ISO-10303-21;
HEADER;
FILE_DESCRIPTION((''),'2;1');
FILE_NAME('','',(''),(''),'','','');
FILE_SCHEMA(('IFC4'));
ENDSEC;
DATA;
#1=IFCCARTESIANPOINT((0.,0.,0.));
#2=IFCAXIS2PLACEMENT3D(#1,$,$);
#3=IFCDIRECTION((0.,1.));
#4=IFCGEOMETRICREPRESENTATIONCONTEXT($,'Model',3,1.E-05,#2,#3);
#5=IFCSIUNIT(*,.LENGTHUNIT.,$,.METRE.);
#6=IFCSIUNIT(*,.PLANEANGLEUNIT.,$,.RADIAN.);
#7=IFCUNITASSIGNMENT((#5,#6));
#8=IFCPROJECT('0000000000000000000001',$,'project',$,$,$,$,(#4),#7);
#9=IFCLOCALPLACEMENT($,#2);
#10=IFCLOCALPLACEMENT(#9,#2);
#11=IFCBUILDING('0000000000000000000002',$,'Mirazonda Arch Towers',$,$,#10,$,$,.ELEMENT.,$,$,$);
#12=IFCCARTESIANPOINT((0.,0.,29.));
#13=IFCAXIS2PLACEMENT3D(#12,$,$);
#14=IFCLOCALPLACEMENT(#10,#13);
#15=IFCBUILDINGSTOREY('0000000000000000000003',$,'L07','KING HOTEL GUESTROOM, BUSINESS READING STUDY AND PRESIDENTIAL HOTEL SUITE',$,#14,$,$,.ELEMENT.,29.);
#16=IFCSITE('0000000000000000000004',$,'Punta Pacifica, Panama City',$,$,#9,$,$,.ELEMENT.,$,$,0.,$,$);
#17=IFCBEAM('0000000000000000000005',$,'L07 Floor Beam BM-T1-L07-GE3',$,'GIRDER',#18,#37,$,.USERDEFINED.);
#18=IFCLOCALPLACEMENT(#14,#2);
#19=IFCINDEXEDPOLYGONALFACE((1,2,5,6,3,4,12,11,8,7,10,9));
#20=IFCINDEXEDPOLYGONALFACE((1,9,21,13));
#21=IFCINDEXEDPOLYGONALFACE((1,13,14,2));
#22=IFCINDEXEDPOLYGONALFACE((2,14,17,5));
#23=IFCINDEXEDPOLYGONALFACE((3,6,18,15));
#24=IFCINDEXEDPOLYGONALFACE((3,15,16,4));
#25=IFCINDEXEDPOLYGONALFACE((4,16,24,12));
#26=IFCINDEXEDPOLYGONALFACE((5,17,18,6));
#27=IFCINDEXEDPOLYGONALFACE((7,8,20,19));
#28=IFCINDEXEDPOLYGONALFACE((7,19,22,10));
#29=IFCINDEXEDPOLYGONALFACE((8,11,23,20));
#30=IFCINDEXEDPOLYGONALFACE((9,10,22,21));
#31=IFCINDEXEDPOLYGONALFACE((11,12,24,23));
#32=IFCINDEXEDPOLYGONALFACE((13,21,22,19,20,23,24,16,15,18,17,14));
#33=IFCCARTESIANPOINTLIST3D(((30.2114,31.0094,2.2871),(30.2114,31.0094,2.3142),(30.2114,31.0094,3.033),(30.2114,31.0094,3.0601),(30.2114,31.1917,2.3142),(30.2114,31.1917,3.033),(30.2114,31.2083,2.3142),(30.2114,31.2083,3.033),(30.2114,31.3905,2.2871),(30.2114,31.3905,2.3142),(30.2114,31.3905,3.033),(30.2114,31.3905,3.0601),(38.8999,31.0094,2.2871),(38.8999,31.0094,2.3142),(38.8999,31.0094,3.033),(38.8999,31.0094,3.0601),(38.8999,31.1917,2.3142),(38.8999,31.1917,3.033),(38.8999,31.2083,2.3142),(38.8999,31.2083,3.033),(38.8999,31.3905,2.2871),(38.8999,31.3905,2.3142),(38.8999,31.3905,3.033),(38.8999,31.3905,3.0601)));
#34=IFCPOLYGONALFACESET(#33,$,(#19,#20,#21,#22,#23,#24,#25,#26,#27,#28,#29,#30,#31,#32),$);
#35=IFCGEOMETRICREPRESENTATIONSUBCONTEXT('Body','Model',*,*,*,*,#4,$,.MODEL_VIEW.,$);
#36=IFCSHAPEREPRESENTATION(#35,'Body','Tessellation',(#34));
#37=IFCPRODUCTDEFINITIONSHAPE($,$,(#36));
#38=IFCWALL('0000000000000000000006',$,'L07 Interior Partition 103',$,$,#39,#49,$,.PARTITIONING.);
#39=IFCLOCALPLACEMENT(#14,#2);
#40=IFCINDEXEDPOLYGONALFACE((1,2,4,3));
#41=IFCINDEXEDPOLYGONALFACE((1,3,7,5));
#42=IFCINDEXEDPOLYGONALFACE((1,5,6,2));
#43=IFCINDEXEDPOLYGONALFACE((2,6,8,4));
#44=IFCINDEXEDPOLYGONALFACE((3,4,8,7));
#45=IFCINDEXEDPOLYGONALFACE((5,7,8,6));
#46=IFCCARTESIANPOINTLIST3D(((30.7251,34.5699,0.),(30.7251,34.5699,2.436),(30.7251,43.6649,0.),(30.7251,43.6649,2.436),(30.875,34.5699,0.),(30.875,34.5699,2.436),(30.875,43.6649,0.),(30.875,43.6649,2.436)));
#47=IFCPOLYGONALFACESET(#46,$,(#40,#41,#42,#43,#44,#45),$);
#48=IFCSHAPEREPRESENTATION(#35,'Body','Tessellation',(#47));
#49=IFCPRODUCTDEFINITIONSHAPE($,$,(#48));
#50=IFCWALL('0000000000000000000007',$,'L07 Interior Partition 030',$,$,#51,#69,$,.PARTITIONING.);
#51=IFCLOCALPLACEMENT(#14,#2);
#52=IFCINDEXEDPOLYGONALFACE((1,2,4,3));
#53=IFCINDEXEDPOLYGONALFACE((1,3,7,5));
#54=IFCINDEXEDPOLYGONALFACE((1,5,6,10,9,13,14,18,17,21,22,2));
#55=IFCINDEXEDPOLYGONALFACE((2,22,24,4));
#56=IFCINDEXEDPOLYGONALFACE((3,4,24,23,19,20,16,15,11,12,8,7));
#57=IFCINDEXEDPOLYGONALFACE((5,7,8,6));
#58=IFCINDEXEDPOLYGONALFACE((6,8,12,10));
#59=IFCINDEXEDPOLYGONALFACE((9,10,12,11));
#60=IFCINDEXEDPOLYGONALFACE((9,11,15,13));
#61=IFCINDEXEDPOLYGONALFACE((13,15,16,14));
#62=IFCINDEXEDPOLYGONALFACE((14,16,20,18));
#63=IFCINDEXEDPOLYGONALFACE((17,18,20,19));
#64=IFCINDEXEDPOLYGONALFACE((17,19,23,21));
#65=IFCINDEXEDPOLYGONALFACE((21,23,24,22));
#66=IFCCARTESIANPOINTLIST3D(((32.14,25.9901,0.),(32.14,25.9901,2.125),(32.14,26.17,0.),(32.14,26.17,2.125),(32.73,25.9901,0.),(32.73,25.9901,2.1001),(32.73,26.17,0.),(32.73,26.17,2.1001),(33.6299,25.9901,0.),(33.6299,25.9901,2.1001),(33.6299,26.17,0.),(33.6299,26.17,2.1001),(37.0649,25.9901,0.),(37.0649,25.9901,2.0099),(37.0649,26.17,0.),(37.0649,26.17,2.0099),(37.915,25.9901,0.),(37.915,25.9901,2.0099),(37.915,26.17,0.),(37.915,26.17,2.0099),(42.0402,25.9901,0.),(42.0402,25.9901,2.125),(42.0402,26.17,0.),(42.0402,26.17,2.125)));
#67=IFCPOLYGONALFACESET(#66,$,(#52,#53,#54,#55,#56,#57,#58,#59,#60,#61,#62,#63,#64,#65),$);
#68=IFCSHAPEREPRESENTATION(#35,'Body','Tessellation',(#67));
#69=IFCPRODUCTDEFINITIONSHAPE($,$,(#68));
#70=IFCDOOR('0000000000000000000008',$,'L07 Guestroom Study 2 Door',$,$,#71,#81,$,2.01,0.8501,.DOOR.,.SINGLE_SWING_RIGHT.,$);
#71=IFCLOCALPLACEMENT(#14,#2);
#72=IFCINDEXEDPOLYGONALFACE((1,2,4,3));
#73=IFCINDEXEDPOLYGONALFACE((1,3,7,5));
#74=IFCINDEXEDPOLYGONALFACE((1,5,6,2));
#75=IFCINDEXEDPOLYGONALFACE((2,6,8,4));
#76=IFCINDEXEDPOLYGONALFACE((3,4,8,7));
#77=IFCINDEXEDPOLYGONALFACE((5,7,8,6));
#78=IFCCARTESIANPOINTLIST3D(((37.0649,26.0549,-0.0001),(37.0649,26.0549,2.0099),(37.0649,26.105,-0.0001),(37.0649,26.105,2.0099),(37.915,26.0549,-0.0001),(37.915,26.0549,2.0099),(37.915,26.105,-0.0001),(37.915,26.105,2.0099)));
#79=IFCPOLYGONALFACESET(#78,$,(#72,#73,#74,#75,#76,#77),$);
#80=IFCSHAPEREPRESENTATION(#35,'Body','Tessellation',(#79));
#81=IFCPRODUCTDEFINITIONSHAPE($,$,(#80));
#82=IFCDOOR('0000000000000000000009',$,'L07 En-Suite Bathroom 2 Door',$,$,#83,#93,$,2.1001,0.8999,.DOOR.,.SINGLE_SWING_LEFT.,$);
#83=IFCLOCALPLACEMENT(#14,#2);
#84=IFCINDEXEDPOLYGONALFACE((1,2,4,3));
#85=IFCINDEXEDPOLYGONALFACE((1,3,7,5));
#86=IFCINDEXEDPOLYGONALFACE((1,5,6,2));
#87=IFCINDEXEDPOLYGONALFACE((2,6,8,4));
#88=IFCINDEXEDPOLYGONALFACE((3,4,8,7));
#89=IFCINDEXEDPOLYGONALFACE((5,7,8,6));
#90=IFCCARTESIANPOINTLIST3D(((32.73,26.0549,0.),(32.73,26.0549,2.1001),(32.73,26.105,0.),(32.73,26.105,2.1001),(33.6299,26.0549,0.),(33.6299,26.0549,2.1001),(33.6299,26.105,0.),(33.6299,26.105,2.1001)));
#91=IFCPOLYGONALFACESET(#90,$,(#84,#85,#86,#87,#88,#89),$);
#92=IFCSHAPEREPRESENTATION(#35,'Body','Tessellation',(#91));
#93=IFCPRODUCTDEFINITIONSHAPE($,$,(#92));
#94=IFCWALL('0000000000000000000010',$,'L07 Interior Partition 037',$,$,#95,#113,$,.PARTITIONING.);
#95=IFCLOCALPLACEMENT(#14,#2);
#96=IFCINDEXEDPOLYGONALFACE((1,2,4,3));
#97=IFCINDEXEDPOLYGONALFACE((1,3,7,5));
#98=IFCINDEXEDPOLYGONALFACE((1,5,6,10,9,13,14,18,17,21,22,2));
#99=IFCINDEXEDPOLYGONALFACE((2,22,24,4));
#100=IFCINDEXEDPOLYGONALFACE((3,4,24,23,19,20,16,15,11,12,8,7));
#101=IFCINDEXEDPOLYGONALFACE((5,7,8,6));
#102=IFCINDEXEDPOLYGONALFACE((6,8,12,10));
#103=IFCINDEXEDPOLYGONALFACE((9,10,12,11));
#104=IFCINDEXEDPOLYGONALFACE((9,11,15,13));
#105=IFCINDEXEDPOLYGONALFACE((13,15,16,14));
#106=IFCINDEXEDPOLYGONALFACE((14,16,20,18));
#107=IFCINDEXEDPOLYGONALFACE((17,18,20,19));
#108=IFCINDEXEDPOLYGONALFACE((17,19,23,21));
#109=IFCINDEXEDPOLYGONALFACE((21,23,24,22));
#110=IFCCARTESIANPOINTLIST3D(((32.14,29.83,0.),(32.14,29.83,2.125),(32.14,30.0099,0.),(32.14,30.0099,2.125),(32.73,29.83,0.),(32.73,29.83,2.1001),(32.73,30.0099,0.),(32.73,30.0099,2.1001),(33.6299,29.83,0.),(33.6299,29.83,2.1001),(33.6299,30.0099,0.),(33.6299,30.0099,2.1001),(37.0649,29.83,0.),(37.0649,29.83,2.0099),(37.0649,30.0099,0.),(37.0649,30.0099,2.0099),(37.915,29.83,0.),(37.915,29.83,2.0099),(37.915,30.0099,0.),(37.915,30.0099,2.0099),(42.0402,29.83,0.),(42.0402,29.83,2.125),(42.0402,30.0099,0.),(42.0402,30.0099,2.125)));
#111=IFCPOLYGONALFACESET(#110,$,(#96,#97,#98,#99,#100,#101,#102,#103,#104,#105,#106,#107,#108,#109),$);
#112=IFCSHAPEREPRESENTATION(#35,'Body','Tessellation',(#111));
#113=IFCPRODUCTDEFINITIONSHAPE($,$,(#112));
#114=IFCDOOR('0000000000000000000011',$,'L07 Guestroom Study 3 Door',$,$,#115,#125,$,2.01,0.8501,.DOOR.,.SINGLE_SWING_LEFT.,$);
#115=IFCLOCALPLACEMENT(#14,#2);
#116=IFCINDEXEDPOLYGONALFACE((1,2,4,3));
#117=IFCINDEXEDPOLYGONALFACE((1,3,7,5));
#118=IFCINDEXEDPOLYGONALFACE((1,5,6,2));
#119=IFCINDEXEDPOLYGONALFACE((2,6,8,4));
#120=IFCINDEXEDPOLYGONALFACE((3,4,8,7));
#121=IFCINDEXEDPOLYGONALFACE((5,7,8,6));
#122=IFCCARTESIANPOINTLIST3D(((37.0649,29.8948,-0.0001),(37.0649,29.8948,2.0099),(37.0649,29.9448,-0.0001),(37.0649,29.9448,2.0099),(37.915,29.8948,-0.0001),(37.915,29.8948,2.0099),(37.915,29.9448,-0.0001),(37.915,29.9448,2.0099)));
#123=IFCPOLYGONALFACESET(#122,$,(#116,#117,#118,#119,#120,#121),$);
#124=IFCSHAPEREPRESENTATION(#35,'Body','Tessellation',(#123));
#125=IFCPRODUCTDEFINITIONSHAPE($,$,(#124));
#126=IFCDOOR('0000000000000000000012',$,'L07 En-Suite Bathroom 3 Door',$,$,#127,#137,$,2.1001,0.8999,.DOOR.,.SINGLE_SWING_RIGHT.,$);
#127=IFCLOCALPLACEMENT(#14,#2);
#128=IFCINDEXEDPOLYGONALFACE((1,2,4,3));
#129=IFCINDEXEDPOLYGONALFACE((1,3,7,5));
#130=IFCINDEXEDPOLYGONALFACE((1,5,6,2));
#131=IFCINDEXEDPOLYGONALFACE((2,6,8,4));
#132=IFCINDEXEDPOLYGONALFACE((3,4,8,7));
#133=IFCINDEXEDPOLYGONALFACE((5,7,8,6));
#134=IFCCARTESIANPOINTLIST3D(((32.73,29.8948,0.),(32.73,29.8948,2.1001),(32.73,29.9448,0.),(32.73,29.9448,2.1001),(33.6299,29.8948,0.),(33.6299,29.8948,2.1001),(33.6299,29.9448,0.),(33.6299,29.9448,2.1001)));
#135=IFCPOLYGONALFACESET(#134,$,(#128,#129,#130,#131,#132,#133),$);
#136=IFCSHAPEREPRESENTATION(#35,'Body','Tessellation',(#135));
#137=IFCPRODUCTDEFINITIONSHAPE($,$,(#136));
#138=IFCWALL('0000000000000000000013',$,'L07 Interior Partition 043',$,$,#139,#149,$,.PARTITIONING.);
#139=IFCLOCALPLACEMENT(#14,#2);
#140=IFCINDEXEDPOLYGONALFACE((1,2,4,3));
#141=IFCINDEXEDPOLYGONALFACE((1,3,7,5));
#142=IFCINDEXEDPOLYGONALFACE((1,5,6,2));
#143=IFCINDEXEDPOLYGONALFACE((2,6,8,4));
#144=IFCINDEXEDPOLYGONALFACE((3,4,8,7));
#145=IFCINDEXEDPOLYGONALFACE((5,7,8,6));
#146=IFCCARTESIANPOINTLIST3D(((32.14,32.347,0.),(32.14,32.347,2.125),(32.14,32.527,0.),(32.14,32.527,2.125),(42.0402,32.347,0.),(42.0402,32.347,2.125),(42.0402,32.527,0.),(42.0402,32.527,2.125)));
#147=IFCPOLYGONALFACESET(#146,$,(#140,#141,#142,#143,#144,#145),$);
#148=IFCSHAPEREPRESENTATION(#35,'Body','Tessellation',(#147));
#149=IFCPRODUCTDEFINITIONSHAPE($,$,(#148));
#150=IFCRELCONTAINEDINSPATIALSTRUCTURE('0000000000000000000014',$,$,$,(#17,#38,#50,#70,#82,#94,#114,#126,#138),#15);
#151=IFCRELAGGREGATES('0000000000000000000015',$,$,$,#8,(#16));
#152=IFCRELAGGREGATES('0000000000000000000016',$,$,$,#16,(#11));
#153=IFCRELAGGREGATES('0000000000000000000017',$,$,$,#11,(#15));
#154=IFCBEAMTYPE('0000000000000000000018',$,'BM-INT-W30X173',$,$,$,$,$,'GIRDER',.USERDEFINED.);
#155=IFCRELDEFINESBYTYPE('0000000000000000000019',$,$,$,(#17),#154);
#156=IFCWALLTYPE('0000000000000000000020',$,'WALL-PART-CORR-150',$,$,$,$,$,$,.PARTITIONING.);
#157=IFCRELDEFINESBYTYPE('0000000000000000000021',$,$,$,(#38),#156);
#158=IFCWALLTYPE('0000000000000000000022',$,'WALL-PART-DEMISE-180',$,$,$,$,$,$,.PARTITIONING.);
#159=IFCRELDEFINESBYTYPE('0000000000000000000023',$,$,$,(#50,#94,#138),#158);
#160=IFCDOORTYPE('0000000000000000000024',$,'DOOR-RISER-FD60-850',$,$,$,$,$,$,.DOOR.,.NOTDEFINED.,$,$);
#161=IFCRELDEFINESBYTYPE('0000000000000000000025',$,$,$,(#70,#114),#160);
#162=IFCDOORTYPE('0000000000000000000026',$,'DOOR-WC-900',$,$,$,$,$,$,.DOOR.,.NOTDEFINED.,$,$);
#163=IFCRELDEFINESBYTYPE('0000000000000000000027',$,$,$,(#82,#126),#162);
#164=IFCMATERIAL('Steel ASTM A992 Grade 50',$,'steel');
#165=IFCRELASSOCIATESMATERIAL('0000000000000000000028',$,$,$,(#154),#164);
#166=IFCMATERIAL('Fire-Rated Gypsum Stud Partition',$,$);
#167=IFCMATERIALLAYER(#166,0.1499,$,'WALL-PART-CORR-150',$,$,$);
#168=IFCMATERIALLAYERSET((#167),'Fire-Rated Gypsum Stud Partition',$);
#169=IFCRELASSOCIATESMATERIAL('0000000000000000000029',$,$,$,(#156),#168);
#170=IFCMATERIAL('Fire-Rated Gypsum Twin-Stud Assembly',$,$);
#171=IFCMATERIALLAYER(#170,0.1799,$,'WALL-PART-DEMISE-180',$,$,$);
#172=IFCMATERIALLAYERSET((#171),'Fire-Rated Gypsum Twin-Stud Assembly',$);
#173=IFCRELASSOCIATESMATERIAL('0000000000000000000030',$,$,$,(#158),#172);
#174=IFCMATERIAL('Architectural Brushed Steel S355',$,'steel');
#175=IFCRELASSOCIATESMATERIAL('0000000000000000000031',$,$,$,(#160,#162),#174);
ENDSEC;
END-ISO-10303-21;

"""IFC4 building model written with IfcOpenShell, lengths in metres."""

from ifc_helpers import new_model, si_unit, direction, frame, frame_2d, origin, origin_2d, place, context, subcontext, project, spatial, rectangle, i_section, extrude, material, layer, layer_set, material_profile, profile_set, type_object, element, fill, save


model = new_model("IFC4")

# Units and contexts
model_context = context("Model", 3, precision=1e-05, world=origin(), true_north=direction((0.0, 1.0)))
body_context = subcontext(model_context, "Body", "Model", "MODEL_VIEW")
ifc_project = project(units=[si_unit("LENGTHUNIT", "METRE"), si_unit("PLANEANGLEUNIT", "RADIAN")], contexts=[model_context])

# Site, building, storey
site_placement = place(None, origin())
site = spatial("IfcSite", under=ifc_project, at=site_placement, Name="Punta Pacifica, Panama City", CompositionType="ELEMENT", RefElevation=0.0)
building_placement = place(site_placement, origin())
building = spatial("IfcBuilding", under=site, at=building_placement, Name="Mirazonda Arch Towers", CompositionType="ELEMENT")
storey_placement = place(building_placement, frame((0.0, 0.0, 29.0)))
storey = spatial("IfcBuildingStorey", under=building, at=storey_placement, Name="L07", Description="KING HOTEL GUESTROOM, BUSINESS READING STUDY AND PRESIDENTIAL HOTEL SUITE", CompositionType="ELEMENT", Elevation=29.0)

# Beam
ifc_material_1 = material(Name="Steel ASTM A992 Grade 50", Category="steel")
ifc_material_profile = material_profile(ifc_material_1, i_section(OverallWidth=0.3811, OverallDepth=0.7729, WebThickness=0.0166, FlangeThickness=0.0271, at=origin_2d()), Name="W30X173")
ifc_profile_set = profile_set([ifc_material_profile], Name="Steel ASTM A992 Grade 50")
beam_type = type_object("IfcBeamType", Name="BM-INT-W30X173", ElementType="GIRDER", PredefinedType="USERDEFINED", material=ifc_profile_set)
beam_placement = place(storey_placement, frame((30.2114, 31.2, 2.6736), z_axis=(1.0, 0.0, 0.0), x_axis=(0.0, 1.0, 0.0)))
element("IfcBeam", 1, at=beam_placement, inside=storey, type_object=beam_type, Name="L07 Floor Beam BM-T1-L07-GE3", ObjectType="GIRDER", PredefinedType="USERDEFINED", context=body_context, shape_type="SweptSolid", body=[
    extrude(i_section(OverallWidth=0.3811, OverallDepth=0.7729, WebThickness=0.0166, FlangeThickness=0.0271, at=origin_2d()), origin(), (0.0, 0.0, 1.0), 8.6885),
])

# Wall
ifc_material_2 = material(Name="Fire-Rated Gypsum Stud Partition")
ifc_layer_1 = layer(ifc_material_2, 0.1499, Name="WALL-PART-CORR-150")
ifc_layer_set_1 = layer_set([ifc_layer_1], Name="Fire-Rated Gypsum Stud Partition")
wall_type_1 = type_object("IfcWallType", Name="WALL-PART-CORR-150", PredefinedType="PARTITIONING", material=ifc_layer_set_1)
wall_1_placement = place(storey_placement, frame((30.8, 34.5701, 0.0), z_axis=(0.0, 0.0, 1.0), x_axis=(0.0, 1.0, 0.0)))
element("IfcWall", 2, at=wall_1_placement, inside=storey, type_object=wall_type_1, Name="L07 Interior Partition 103", PredefinedType="PARTITIONING", context=body_context, shape_type="SweptSolid", body=[
    extrude(rectangle(XDim=9.095, YDim=0.1499, at=frame_2d((4.5474, 0.0))), origin(), (0.0, 0.0, 1.0), 2.436),
])

# Walls, openings, doors
ifc_material_3 = material(Name="Fire-Rated Gypsum Twin-Stud Assembly")
ifc_layer_2 = layer(ifc_material_3, 0.1799, Name="WALL-PART-DEMISE-180")
ifc_layer_set_2 = layer_set([ifc_layer_2], Name="Fire-Rated Gypsum Twin-Stud Assembly")
wall_type_2 = type_object("IfcWallType", Name="WALL-PART-DEMISE-180", PredefinedType="PARTITIONING", material=ifc_layer_set_2)
wall_2_placement = place(storey_placement, frame((32.1399, 26.0801, 0.0), z_axis=(0.0, 0.0, 1.0), x_axis=(1.0, 0.0, 0.0)))
wall_2 = element("IfcWall", 3, at=wall_2_placement, inside=storey, type_object=wall_type_2, Name="L07 Interior Partition 030", PredefinedType="PARTITIONING", context=body_context, shape_type="SweptSolid", body=[
    extrude(rectangle(XDim=9.9001, YDim=0.1799, at=frame_2d((4.9502, 0.0))), origin(), (0.0, 0.0, 1.0), 2.125),
])
opening_1_placement = place(wall_2_placement, frame((4.925, 0.0, 0.0)))
opening_1 = element("IfcOpeningElement", 4, at=opening_1_placement, cuts=wall_2, PredefinedType="OPENING", context=body_context, shape_type="SweptSolid", body=[
    extrude(rectangle(XDim=0.8501, YDim=2.01, at=frame_2d((0.425, 1.0049))), frame((0.0, 0.0999, 0.0), z_axis=(0.0, -1.0, 0.0), x_axis=(1.0, 0.0, 0.0)), (0.0, 0.0, 1.0), 0.2),
])
opening_2_placement = place(wall_2_placement, frame((0.5901, 0.0, 0.0)))
opening_2 = element("IfcOpeningElement", 5, at=opening_2_placement, cuts=wall_2, PredefinedType="OPENING", context=body_context, shape_type="SweptSolid", body=[
    extrude(rectangle(XDim=0.8999, YDim=2.1001, at=frame_2d((0.45, 1.05))), frame((0.0, 0.0999, 0.0), z_axis=(0.0, -1.0, 0.0), x_axis=(1.0, 0.0, 0.0)), (0.0, 0.0, 1.0), 0.2),
])
ifc_material_4 = material(Name="Architectural Brushed Steel S355", Category="steel")
door_type_1 = type_object("IfcDoorType", Name="DOOR-RISER-FD60-850", OperationType="NOTDEFINED", PredefinedType="DOOR", material=ifc_material_4)
door_1_placement = place(opening_1_placement, origin())
door_1 = element("IfcDoor", 6, at=door_1_placement, inside=storey, type_object=door_type_1, Name="L07 Guestroom Study 2 Door", OperationType="SINGLE_SWING_RIGHT", OverallHeight=2.01, OverallWidth=0.8501, PredefinedType="DOOR", context=body_context, shape_type="SweptSolid", body=[
    extrude(rectangle(XDim=0.8501, YDim=2.01, at=frame_2d((0.425, 1.0049))), frame((0.0, 0.0249, 0.0), z_axis=(0.0, -1.0, 0.0), x_axis=(1.0, 0.0, 0.0)), (0.0, 0.0, 1.0), 0.05),
])
fill(opening_1, door_1)
door_type_2 = type_object("IfcDoorType", Name="DOOR-WC-900", OperationType="NOTDEFINED", PredefinedType="DOOR", material=ifc_material_4)
door_2_placement = place(opening_2_placement, origin())
door_2 = element("IfcDoor", 7, at=door_2_placement, inside=storey, type_object=door_type_2, Name="L07 En-Suite Bathroom 2 Door", OperationType="SINGLE_SWING_LEFT", OverallHeight=2.1001, OverallWidth=0.8999, PredefinedType="DOOR", context=body_context, shape_type="SweptSolid", body=[
    extrude(rectangle(XDim=0.8999, YDim=2.1001, at=frame_2d((0.45, 1.05))), frame((0.0, 0.0249, 0.0), z_axis=(0.0, -1.0, 0.0), x_axis=(1.0, 0.0, 0.0)), (0.0, 0.0, 1.0), 0.05),
])
fill(opening_2, door_2)
wall_3_placement = place(storey_placement, frame((32.1399, 29.9199, 0.0), z_axis=(0.0, 0.0, 1.0), x_axis=(1.0, 0.0, 0.0)))
wall_3 = element("IfcWall", 8, at=wall_3_placement, inside=storey, type_object=wall_type_2, Name="L07 Interior Partition 037", PredefinedType="PARTITIONING", context=body_context, shape_type="SweptSolid", body=[
    extrude(rectangle(XDim=9.9001, YDim=0.1799, at=frame_2d((4.9502, 0.0))), origin(), (0.0, 0.0, 1.0), 2.125),
])
opening_3_placement = place(wall_3_placement, frame((4.925, 0.0, 0.0)))
opening_3 = element("IfcOpeningElement", 9, at=opening_3_placement, cuts=wall_3, PredefinedType="OPENING", context=body_context, shape_type="SweptSolid", body=[
    extrude(rectangle(XDim=0.8501, YDim=2.01, at=frame_2d((0.425, 1.0049))), frame((0.0, 0.0999, 0.0), z_axis=(0.0, -1.0, 0.0), x_axis=(1.0, 0.0, 0.0)), (0.0, 0.0, 1.0), 0.2),
])
opening_4_placement = place(wall_3_placement, frame((0.5901, 0.0, 0.0)))
opening_4 = element("IfcOpeningElement", 10, at=opening_4_placement, cuts=wall_3, PredefinedType="OPENING", context=body_context, shape_type="SweptSolid", body=[
    extrude(rectangle(XDim=0.8999, YDim=2.1001, at=frame_2d((0.45, 1.05))), frame((0.0, 0.0999, 0.0), z_axis=(0.0, -1.0, 0.0), x_axis=(1.0, 0.0, 0.0)), (0.0, 0.0, 1.0), 0.2),
])
door_3_placement = place(opening_3_placement, origin())
door_3 = element("IfcDoor", 11, at=door_3_placement, inside=storey, type_object=door_type_1, Name="L07 Guestroom Study 3 Door", OperationType="SINGLE_SWING_LEFT", OverallHeight=2.01, OverallWidth=0.8501, PredefinedType="DOOR", context=body_context, shape_type="SweptSolid", body=[
    extrude(rectangle(XDim=0.8501, YDim=2.01, at=frame_2d((0.425, 1.0049))), frame((0.0, 0.0249, 0.0), z_axis=(0.0, -1.0, 0.0), x_axis=(1.0, 0.0, 0.0)), (0.0, 0.0, 1.0), 0.05),
])
fill(opening_3, door_3)
door_4_placement = place(opening_4_placement, origin())
door_4 = element("IfcDoor", 12, at=door_4_placement, inside=storey, type_object=door_type_2, Name="L07 En-Suite Bathroom 3 Door", OperationType="SINGLE_SWING_RIGHT", OverallHeight=2.1001, OverallWidth=0.8999, PredefinedType="DOOR", context=body_context, shape_type="SweptSolid", body=[
    extrude(rectangle(XDim=0.8999, YDim=2.1001, at=frame_2d((0.45, 1.05))), frame((0.0, 0.0249, 0.0), z_axis=(0.0, -1.0, 0.0), x_axis=(1.0, 0.0, 0.0)), (0.0, 0.0, 1.0), 0.05),
])
fill(opening_4, door_4)

# Wall
wall_4_placement = place(storey_placement, frame((32.1399, 32.437, 0.0), z_axis=(0.0, 0.0, 1.0), x_axis=(1.0, 0.0, 0.0)))
element("IfcWall", 13, at=wall_4_placement, inside=storey, type_object=wall_type_2, Name="L07 Interior Partition 043", PredefinedType="PARTITIONING", context=body_context, shape_type="SweptSolid", body=[
    extrude(rectangle(XDim=9.9001, YDim=0.1799, at=frame_2d((4.9502, 0.0))), origin(), (0.0, 0.0, 1.0), 2.125),
])

save(model, "model.ifc")
